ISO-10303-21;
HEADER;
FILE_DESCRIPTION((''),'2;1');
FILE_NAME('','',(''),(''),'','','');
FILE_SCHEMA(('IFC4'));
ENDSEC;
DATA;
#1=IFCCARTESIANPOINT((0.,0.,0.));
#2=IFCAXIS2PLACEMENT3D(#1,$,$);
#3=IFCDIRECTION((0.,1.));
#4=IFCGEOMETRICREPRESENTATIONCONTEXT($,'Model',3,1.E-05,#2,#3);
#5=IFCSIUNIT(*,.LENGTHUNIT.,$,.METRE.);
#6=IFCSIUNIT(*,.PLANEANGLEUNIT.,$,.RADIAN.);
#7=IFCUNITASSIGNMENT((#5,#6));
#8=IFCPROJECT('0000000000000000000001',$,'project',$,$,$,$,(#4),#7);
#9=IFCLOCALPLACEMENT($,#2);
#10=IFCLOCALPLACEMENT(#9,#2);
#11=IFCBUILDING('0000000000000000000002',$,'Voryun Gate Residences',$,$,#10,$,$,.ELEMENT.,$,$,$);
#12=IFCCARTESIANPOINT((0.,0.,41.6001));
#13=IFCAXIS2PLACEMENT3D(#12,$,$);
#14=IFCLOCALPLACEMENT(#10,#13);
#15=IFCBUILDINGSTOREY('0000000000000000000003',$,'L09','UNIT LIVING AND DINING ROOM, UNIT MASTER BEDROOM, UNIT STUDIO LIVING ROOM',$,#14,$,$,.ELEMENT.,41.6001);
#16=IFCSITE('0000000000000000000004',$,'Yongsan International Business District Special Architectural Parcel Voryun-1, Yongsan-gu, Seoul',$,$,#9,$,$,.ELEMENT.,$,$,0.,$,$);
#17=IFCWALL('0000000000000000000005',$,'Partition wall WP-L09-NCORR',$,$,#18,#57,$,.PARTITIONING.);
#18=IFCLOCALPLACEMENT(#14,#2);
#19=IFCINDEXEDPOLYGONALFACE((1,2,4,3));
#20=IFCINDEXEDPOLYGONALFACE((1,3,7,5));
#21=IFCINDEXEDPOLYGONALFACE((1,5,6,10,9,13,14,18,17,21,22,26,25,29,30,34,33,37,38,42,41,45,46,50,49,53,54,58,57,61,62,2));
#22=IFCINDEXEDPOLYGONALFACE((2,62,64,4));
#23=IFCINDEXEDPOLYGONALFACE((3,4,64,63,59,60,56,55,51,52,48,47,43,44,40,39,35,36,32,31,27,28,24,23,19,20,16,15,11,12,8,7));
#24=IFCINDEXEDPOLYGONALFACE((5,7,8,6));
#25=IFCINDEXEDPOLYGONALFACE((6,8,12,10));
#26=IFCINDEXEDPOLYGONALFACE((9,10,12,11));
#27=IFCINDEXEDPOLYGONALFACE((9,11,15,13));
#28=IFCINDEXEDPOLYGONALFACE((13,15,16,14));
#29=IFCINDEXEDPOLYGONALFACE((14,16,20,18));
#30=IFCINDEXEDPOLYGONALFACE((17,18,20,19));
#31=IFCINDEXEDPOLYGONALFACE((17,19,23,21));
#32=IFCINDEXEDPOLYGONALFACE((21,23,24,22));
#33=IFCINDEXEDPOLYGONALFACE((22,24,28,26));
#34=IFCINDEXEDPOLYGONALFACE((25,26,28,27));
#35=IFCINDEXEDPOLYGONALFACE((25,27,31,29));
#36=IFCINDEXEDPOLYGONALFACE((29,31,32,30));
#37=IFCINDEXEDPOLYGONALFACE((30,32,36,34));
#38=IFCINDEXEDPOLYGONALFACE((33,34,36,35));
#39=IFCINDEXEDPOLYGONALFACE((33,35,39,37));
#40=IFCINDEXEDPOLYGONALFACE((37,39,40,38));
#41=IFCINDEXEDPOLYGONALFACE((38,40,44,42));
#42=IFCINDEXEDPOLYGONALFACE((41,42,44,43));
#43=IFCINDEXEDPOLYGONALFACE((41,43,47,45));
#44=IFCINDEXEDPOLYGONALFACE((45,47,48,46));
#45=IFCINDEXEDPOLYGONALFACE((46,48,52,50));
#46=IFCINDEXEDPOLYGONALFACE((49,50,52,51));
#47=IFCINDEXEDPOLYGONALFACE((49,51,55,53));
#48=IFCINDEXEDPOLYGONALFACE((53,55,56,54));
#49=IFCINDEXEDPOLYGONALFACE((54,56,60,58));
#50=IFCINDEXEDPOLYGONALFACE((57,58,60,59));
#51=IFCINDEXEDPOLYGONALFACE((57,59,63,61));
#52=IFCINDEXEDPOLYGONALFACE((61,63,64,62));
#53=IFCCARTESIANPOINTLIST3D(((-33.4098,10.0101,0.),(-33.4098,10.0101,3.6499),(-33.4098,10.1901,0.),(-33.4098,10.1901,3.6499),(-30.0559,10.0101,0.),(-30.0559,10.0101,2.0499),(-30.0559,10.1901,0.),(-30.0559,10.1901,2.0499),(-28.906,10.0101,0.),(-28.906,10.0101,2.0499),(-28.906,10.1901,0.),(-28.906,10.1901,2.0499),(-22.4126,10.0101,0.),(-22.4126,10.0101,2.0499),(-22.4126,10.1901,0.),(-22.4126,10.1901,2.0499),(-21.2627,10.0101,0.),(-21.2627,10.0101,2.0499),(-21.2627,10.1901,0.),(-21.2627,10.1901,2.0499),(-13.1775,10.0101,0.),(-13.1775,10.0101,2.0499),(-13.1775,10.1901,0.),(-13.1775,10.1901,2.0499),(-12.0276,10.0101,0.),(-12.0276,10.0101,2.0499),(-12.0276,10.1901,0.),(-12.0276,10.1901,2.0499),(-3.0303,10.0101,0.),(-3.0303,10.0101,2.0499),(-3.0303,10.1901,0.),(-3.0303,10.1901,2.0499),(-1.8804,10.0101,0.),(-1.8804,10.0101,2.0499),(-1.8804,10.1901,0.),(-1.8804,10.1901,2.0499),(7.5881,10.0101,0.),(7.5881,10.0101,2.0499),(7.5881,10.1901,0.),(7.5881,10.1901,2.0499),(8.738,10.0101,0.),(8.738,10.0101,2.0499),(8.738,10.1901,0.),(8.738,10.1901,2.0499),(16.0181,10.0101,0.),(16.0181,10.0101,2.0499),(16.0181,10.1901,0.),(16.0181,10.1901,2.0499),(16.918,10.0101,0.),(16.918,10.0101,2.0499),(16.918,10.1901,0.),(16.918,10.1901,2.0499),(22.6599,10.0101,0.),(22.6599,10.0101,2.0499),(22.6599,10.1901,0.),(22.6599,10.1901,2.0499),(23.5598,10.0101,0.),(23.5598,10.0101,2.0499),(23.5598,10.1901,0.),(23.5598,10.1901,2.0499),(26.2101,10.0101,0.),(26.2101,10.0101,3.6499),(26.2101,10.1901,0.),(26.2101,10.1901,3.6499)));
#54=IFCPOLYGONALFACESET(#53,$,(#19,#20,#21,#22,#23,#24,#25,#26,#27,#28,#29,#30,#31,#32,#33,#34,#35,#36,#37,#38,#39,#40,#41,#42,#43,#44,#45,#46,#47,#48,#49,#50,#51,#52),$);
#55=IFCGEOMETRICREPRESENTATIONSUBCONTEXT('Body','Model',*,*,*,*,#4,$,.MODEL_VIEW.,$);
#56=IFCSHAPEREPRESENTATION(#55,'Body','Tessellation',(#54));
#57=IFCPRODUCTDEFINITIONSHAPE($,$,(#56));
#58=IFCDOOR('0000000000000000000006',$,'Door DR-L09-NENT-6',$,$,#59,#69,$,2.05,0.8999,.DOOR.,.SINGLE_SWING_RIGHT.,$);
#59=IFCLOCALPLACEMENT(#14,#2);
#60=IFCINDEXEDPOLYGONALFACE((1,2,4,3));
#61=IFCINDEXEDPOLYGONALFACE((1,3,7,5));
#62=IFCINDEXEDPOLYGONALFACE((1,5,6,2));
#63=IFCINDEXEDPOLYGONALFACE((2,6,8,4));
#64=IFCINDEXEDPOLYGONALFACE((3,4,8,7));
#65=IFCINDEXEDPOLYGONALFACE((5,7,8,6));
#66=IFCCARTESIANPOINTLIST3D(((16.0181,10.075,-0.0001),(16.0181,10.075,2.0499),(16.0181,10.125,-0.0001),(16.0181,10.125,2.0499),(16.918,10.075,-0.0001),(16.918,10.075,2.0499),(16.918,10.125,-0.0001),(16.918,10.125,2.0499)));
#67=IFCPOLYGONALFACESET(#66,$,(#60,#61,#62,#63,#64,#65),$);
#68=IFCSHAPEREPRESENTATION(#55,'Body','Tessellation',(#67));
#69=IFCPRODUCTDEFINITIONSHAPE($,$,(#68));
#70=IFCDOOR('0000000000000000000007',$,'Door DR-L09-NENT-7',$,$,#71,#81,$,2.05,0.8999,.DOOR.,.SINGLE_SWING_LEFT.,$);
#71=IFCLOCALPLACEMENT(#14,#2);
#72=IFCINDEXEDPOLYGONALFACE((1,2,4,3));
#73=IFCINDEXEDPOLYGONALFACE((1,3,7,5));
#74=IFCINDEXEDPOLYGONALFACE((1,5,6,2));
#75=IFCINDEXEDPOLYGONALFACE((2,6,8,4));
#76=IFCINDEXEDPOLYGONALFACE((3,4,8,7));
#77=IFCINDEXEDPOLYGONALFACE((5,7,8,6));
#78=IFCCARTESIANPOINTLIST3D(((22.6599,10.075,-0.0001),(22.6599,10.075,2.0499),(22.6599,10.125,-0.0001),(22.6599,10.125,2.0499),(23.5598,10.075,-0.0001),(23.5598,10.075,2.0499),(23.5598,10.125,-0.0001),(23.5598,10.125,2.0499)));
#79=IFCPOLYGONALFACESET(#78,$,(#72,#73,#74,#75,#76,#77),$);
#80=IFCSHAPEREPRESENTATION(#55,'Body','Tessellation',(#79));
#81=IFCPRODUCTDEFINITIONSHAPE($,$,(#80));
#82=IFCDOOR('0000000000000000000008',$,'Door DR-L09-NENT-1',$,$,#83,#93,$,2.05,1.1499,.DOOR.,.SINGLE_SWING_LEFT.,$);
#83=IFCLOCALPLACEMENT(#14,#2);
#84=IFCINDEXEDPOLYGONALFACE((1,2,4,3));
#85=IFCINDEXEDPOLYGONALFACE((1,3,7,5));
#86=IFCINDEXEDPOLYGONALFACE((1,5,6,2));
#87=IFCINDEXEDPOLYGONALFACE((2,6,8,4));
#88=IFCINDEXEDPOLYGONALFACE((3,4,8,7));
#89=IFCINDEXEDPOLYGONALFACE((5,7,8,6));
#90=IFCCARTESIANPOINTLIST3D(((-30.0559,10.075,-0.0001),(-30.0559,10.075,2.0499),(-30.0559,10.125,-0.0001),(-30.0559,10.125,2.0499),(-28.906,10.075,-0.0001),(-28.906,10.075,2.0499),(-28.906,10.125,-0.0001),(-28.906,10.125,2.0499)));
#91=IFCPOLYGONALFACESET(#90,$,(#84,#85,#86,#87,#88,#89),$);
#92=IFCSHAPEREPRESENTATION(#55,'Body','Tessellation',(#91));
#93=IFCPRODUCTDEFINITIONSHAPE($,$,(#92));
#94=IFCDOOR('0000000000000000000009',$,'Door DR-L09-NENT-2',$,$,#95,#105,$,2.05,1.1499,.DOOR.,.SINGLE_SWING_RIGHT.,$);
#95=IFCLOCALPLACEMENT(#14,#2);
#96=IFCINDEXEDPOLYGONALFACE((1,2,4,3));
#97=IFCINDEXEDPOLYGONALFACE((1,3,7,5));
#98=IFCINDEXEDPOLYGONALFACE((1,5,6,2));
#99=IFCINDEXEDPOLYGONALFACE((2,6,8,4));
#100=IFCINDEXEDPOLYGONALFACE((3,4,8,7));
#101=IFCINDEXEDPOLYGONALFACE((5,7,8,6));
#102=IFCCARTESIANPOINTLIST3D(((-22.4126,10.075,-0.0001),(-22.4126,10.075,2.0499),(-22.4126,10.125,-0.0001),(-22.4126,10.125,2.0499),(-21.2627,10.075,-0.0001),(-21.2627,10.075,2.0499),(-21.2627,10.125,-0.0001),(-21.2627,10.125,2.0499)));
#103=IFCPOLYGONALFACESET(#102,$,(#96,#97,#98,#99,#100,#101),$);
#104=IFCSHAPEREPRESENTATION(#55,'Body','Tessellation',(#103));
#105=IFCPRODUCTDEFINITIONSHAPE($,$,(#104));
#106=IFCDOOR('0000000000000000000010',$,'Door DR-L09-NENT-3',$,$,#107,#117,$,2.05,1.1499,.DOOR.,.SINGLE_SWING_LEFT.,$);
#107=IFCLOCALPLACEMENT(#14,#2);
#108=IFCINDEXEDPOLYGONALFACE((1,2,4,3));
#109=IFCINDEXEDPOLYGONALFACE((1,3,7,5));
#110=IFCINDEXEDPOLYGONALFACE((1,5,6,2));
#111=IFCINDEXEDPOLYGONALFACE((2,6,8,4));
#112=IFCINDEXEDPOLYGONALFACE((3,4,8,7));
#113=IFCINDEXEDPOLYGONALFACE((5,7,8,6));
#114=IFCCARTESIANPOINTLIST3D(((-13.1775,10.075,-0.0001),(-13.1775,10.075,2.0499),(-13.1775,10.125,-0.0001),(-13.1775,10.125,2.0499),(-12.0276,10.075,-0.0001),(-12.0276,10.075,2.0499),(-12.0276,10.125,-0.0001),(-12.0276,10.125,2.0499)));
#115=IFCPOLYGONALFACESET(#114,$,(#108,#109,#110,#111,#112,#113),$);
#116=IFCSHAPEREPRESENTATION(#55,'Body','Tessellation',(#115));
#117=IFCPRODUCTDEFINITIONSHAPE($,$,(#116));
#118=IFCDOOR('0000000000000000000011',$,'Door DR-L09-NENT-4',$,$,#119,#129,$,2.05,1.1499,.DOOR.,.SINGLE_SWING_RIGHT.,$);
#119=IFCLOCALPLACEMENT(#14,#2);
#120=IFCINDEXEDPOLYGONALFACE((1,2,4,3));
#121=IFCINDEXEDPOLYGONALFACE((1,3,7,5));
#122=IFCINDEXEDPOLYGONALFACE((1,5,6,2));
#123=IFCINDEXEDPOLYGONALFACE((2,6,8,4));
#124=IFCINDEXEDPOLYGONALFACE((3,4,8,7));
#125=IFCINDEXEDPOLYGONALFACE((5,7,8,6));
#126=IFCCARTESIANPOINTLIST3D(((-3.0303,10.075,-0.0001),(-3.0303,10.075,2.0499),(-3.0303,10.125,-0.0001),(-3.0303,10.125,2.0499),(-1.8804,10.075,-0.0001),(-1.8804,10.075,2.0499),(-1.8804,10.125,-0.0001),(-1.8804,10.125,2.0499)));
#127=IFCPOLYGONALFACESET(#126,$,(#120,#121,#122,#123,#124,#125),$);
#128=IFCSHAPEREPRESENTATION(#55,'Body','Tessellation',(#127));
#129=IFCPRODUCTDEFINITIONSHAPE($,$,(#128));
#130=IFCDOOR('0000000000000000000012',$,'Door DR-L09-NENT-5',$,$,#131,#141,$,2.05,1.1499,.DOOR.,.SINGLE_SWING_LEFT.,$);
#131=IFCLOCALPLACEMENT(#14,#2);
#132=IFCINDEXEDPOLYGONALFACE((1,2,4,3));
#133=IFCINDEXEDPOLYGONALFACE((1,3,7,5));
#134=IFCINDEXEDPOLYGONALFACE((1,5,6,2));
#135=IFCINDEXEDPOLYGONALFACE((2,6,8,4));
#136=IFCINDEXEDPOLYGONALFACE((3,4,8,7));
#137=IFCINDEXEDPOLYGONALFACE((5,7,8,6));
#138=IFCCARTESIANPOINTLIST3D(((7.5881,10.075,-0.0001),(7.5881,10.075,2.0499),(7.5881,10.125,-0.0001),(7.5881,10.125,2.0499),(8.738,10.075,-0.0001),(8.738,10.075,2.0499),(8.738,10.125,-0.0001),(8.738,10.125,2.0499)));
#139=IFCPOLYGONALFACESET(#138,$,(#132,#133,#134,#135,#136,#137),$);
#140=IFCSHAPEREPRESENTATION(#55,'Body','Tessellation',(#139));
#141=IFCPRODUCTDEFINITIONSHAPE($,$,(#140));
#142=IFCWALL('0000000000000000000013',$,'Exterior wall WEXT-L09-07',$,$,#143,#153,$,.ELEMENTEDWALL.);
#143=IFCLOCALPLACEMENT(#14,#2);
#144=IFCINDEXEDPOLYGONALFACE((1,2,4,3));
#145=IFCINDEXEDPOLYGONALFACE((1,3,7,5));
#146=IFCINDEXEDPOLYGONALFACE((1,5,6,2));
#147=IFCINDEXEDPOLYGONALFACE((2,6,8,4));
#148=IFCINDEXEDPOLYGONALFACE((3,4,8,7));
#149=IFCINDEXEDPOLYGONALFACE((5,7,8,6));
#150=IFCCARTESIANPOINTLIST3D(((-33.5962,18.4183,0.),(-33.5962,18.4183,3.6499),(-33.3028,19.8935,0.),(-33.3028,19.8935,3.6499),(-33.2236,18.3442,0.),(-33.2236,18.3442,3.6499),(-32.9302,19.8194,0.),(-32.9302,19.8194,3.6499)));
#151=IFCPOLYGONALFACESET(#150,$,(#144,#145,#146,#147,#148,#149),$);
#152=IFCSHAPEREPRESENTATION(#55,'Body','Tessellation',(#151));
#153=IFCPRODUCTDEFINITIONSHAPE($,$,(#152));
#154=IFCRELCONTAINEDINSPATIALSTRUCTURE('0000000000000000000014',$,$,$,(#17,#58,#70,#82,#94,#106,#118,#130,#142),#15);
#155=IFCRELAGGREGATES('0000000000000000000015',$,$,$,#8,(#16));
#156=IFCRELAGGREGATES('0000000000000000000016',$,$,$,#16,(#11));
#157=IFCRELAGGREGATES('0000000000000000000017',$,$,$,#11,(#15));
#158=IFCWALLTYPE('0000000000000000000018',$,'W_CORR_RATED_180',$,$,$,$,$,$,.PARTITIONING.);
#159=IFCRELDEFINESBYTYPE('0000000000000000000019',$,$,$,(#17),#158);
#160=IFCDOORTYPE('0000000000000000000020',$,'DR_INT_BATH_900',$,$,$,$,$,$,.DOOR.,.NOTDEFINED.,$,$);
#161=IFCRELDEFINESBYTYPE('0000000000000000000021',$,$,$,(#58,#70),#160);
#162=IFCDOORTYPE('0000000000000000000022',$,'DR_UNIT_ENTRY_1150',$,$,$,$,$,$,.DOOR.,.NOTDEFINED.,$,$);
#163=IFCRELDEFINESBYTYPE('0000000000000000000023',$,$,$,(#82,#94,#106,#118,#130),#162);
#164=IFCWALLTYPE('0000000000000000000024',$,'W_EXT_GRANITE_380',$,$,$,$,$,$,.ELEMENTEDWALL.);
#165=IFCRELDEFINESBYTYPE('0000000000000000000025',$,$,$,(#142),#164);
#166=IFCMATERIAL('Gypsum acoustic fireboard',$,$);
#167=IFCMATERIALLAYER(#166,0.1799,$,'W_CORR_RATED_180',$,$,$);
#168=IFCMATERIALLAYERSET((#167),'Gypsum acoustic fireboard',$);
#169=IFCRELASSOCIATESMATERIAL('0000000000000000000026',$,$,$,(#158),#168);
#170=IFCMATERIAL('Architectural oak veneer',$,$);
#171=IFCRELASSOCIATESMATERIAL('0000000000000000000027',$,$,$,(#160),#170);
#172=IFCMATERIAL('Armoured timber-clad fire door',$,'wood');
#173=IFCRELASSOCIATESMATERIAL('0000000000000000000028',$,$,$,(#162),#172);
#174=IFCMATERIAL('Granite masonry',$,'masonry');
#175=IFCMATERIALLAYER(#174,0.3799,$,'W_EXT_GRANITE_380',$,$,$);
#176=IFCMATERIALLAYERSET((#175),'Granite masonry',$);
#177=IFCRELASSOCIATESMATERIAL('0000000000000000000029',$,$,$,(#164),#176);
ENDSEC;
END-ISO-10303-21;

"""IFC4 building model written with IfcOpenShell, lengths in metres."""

from ifc_helpers import new_model, si_unit, direction, frame, frame_2d, origin, place, context, subcontext, project, spatial, rectangle, extrude, material, layer, layer_set, type_object, element, fill, save


model = new_model("IFC4")

# Units and contexts
model_context = context("Model", 3, precision=1e-05, world=origin(), true_north=direction((0.0, 1.0)))
body_context = subcontext(model_context, "Body", "Model", "MODEL_VIEW")
ifc_project = project(units=[si_unit("LENGTHUNIT", "METRE"), si_unit("PLANEANGLEUNIT", "RADIAN")], contexts=[model_context])

# Site, building, storey
site_placement = place(None, origin())
site = spatial("IfcSite", under=ifc_project, at=site_placement, Name="Yongsan International Business District Special Architectural Parcel Voryun-1, Yongsan-gu, Seoul", CompositionType="ELEMENT", RefElevation=0.0)
building_placement = place(site_placement, origin())
building = spatial("IfcBuilding", under=site, at=building_placement, Name="Voryun Gate Residences", CompositionType="ELEMENT")
storey_placement = place(building_placement, frame((0.0, 0.0, 41.6001)))
storey = spatial("IfcBuildingStorey", under=building, at=storey_placement, Name="L09", Description="UNIT LIVING AND DINING ROOM, UNIT MASTER BEDROOM, UNIT STUDIO LIVING ROOM", CompositionType="ELEMENT", Elevation=41.6001)

# Wall, openings, doors
ifc_material_1 = material(Name="Gypsum acoustic fireboard")
ifc_layer_1 = layer(ifc_material_1, 0.1799, Name="W_CORR_RATED_180")
ifc_layer_set_1 = layer_set([ifc_layer_1], Name="Gypsum acoustic fireboard")
wall_type_1 = type_object("IfcWallType", Name="W_CORR_RATED_180", PredefinedType="PARTITIONING", material=ifc_layer_set_1)
wall_1_placement = place(storey_placement, frame((-33.4099, 10.1001, 0.0), z_axis=(0.0, 0.0, 1.0), x_axis=(1.0, 0.0, 0.0)))
wall_1 = element("IfcWall", 1, at=wall_1_placement, inside=storey, type_object=wall_type_1, Name="Partition wall WP-L09-NCORR", PredefinedType="PARTITIONING", context=body_context, shape_type="SweptSolid", body=[
    extrude(rectangle(XDim=59.6199, YDim=0.1799, at=frame_2d((29.8101, 0.0))), origin(), (0.0, 0.0, 1.0), 3.6499),
])
opening_1_placement = place(wall_1_placement, frame((3.354, 0.0, 0.0)))
opening_1 = element("IfcOpeningElement", 2, at=opening_1_placement, cuts=wall_1, PredefinedType="OPENING", context=body_context, shape_type="SweptSolid", body=[
    extrude(rectangle(XDim=1.1499, YDim=2.05, at=frame_2d((0.575, 1.0249))), frame((0.0, 0.0999, 0.0), z_axis=(0.0, -1.0, 0.0), x_axis=(1.0, 0.0, 0.0)), (0.0, 0.0, 1.0), 0.2),
])
opening_2_placement = place(wall_1_placement, frame((10.9973, 0.0, 0.0)))
opening_2 = element("IfcOpeningElement", 3, at=opening_2_placement, cuts=wall_1, PredefinedType="OPENING", context=body_context, shape_type="SweptSolid", body=[
    extrude(rectangle(XDim=1.1499, YDim=2.05, at=frame_2d((0.575, 1.0249))), frame((0.0, 0.0999, 0.0), z_axis=(0.0, -1.0, 0.0), x_axis=(1.0, 0.0, 0.0)), (0.0, 0.0, 1.0), 0.2),
])
opening_3_placement = place(wall_1_placement, frame((20.2324, 0.0, 0.0)))
opening_3 = element("IfcOpeningElement", 4, at=opening_3_placement, cuts=wall_1, PredefinedType="OPENING", context=body_context, shape_type="SweptSolid", body=[
    extrude(rectangle(XDim=1.1499, YDim=2.05, at=frame_2d((0.575, 1.0249))), frame((0.0, 0.0999, 0.0), z_axis=(0.0, -1.0, 0.0), x_axis=(1.0, 0.0, 0.0)), (0.0, 0.0, 1.0), 0.2),
])
opening_4_placement = place(wall_1_placement, frame((30.3796, 0.0, 0.0)))
opening_4 = element("IfcOpeningElement", 5, at=opening_4_placement, cuts=wall_1, PredefinedType="OPENING", context=body_context, shape_type="SweptSolid", body=[
    extrude(rectangle(XDim=1.1499, YDim=2.05, at=frame_2d((0.575, 1.0249))), frame((0.0, 0.0999, 0.0), z_axis=(0.0, -1.0, 0.0), x_axis=(1.0, 0.0, 0.0)), (0.0, 0.0, 1.0), 0.2),
])
opening_5_placement = place(wall_1_placement, frame((40.998, 0.0, 0.0)))
opening_5 = element("IfcOpeningElement", 6, at=opening_5_placement, cuts=wall_1, PredefinedType="OPENING", context=body_context, shape_type="SweptSolid", body=[
    extrude(rectangle(XDim=1.1499, YDim=2.05, at=frame_2d((0.575, 1.0249))), frame((0.0, 0.0999, 0.0), z_axis=(0.0, -1.0, 0.0), x_axis=(1.0, 0.0, 0.0)), (0.0, 0.0, 1.0), 0.2),
])
opening_6_placement = place(wall_1_placement, frame((49.428, 0.0, 0.0)))
opening_6 = element("IfcOpeningElement", 7, at=opening_6_placement, cuts=wall_1, PredefinedType="OPENING", context=body_context, shape_type="SweptSolid", body=[
    extrude(rectangle(XDim=0.8999, YDim=2.05, at=frame_2d((0.45, 1.0249))), frame((0.0, 0.0999, 0.0), z_axis=(0.0, -1.0, 0.0), x_axis=(1.0, 0.0, 0.0)), (0.0, 0.0, 1.0), 0.2),
])
opening_7_placement = place(wall_1_placement, frame((56.0698, 0.0, 0.0)))
opening_7 = element("IfcOpeningElement", 8, at=opening_7_placement, cuts=wall_1, PredefinedType="OPENING", context=body_context, shape_type="SweptSolid", body=[
    extrude(rectangle(XDim=0.8999, YDim=2.05, at=frame_2d((0.45, 1.0249))), frame((0.0, 0.0999, 0.0), z_axis=(0.0, -1.0, 0.0), x_axis=(1.0, 0.0, 0.0)), (0.0, 0.0, 1.0), 0.2),
])
ifc_material_2 = material(Name="Architectural oak veneer")
door_type_1 = type_object("IfcDoorType", Name="DR_INT_BATH_900", OperationType="NOTDEFINED", PredefinedType="DOOR", material=ifc_material_2)
door_1_placement = place(opening_6_placement, origin())
door_1 = element("IfcDoor", 9, at=door_1_placement, inside=storey, type_object=door_type_1, Name="Door DR-L09-NENT-6", OperationType="SINGLE_SWING_RIGHT", OverallHeight=2.05, OverallWidth=0.8999, PredefinedType="DOOR", context=body_context, shape_type="SweptSolid", body=[
    extrude(rectangle(XDim=0.8999, YDim=2.05, at=frame_2d((0.45, 1.0249))), frame((0.0, 0.0249, 0.0), z_axis=(0.0, -1.0, 0.0), x_axis=(1.0, 0.0, 0.0)), (0.0, 0.0, 1.0), 0.05),
])
fill(opening_6, door_1)
door_2_placement = place(opening_7_placement, origin())
door_2 = element("IfcDoor", 10, at=door_2_placement, inside=storey, type_object=door_type_1, Name="Door DR-L09-NENT-7", OperationType="SINGLE_SWING_LEFT", OverallHeight=2.05, OverallWidth=0.8999, PredefinedType="DOOR", context=body_context, shape_type="SweptSolid", body=[
    extrude(rectangle(XDim=0.8999, YDim=2.05, at=frame_2d((0.45, 1.0249))), frame((0.0, 0.0249, 0.0), z_axis=(0.0, -1.0, 0.0), x_axis=(1.0, 0.0, 0.0)), (0.0, 0.0, 1.0), 0.05),
])
fill(opening_7, door_2)
ifc_material_3 = material(Name="Armoured timber-clad fire door", Category="wood")
door_type_2 = type_object("IfcDoorType", Name="DR_UNIT_ENTRY_1150", OperationType="NOTDEFINED", PredefinedType="DOOR", material=ifc_material_3)
door_3_placement = place(opening_1_placement, origin())
door_3 = element("IfcDoor", 11, at=door_3_placement, inside=storey, type_object=door_type_2, Name="Door DR-L09-NENT-1", OperationType="SINGLE_SWING_LEFT", OverallHeight=2.05, OverallWidth=1.1499, PredefinedType="DOOR", context=body_context, shape_type="SweptSolid", body=[
    extrude(rectangle(XDim=1.1499, YDim=2.05, at=frame_2d((0.575, 1.0249))), frame((0.0, 0.0249, 0.0), z_axis=(0.0, -1.0, 0.0), x_axis=(1.0, 0.0, 0.0)), (0.0, 0.0, 1.0), 0.05),
])
fill(opening_1, door_3)
door_4_placement = place(opening_2_placement, origin())
door_4 = element("IfcDoor", 12, at=door_4_placement, inside=storey, type_object=door_type_2, Name="Door DR-L09-NENT-2", OperationType="SINGLE_SWING_RIGHT", OverallHeight=2.05, OverallWidth=1.1499, PredefinedType="DOOR", context=body_context, shape_type="SweptSolid", body=[
    extrude(rectangle(XDim=1.1499, YDim=2.05, at=frame_2d((0.575, 1.0249))), frame((0.0, 0.0249, 0.0), z_axis=(0.0, -1.0, 0.0), x_axis=(1.0, 0.0, 0.0)), (0.0, 0.0, 1.0), 0.05),
])
fill(opening_2, door_4)
door_5_placement = place(opening_3_placement, origin())
door_5 = element("IfcDoor", 13, at=door_5_placement, inside=storey, type_object=door_type_2, Name="Door DR-L09-NENT-3", OperationType="SINGLE_SWING_LEFT", OverallHeight=2.05, OverallWidth=1.1499, PredefinedType="DOOR", context=body_context, shape_type="SweptSolid", body=[
    extrude(rectangle(XDim=1.1499, YDim=2.05, at=frame_2d((0.575, 1.0249))), frame((0.0, 0.0249, 0.0), z_axis=(0.0, -1.0, 0.0), x_axis=(1.0, 0.0, 0.0)), (0.0, 0.0, 1.0), 0.05),
])
fill(opening_3, door_5)
door_6_placement = place(opening_4_placement, origin())
door_6 = element("IfcDoor", 14, at=door_6_placement, inside=storey, type_object=door_type_2, Name="Door DR-L09-NENT-4", OperationType="SINGLE_SWING_RIGHT", OverallHeight=2.05, OverallWidth=1.1499, PredefinedType="DOOR", context=body_context, shape_type="SweptSolid", body=[
    extrude(rectangle(XDim=1.1499, YDim=2.05, at=frame_2d((0.575, 1.0249))), frame((0.0, 0.0249, 0.0), z_axis=(0.0, -1.0, 0.0), x_axis=(1.0, 0.0, 0.0)), (0.0, 0.0, 1.0), 0.05),
])
fill(opening_4, door_6)
door_7_placement = place(opening_5_placement, origin())
door_7 = element("IfcDoor", 15, at=door_7_placement, inside=storey, type_object=door_type_2, Name="Door DR-L09-NENT-5", OperationType="SINGLE_SWING_LEFT", OverallHeight=2.05, OverallWidth=1.1499, PredefinedType="DOOR", context=body_context, shape_type="SweptSolid", body=[
    extrude(rectangle(XDim=1.1499, YDim=2.05, at=frame_2d((0.575, 1.0249))), frame((0.0, 0.0249, 0.0), z_axis=(0.0, -1.0, 0.0), x_axis=(1.0, 0.0, 0.0)), (0.0, 0.0, 1.0), 0.05),
])
fill(opening_5, door_7)

# Wall
ifc_material_4 = material(Name="Granite masonry", Category="masonry")
ifc_layer_2 = layer(ifc_material_4, 0.3799, Name="W_EXT_GRANITE_380")
ifc_layer_set_2 = layer_set([ifc_layer_2], Name="Granite masonry")
wall_type_2 = type_object("IfcWallType", Name="W_EXT_GRANITE_380", PredefinedType="ELEMENTEDWALL", material=ifc_layer_set_2)
wall_2_placement = place(storey_placement, frame((-33.4099, 18.3813, 0.0), z_axis=(0.0, 0.0, 1.0), x_axis=(0.195086, 0.980786, 0.0)))
element("IfcWall", 16, at=wall_2_placement, inside=storey, type_object=wall_type_2, Name="Exterior wall WEXT-L09-07", PredefinedType="ELEMENTEDWALL", context=body_context, shape_type="SweptSolid", body=[
    extrude(rectangle(XDim=1.5042, YDim=0.3799, at=frame_2d((0.752, 0.0))), origin(), (0.0, 0.0, 1.0), 3.6499),
])

save(model, "model.ifc")
